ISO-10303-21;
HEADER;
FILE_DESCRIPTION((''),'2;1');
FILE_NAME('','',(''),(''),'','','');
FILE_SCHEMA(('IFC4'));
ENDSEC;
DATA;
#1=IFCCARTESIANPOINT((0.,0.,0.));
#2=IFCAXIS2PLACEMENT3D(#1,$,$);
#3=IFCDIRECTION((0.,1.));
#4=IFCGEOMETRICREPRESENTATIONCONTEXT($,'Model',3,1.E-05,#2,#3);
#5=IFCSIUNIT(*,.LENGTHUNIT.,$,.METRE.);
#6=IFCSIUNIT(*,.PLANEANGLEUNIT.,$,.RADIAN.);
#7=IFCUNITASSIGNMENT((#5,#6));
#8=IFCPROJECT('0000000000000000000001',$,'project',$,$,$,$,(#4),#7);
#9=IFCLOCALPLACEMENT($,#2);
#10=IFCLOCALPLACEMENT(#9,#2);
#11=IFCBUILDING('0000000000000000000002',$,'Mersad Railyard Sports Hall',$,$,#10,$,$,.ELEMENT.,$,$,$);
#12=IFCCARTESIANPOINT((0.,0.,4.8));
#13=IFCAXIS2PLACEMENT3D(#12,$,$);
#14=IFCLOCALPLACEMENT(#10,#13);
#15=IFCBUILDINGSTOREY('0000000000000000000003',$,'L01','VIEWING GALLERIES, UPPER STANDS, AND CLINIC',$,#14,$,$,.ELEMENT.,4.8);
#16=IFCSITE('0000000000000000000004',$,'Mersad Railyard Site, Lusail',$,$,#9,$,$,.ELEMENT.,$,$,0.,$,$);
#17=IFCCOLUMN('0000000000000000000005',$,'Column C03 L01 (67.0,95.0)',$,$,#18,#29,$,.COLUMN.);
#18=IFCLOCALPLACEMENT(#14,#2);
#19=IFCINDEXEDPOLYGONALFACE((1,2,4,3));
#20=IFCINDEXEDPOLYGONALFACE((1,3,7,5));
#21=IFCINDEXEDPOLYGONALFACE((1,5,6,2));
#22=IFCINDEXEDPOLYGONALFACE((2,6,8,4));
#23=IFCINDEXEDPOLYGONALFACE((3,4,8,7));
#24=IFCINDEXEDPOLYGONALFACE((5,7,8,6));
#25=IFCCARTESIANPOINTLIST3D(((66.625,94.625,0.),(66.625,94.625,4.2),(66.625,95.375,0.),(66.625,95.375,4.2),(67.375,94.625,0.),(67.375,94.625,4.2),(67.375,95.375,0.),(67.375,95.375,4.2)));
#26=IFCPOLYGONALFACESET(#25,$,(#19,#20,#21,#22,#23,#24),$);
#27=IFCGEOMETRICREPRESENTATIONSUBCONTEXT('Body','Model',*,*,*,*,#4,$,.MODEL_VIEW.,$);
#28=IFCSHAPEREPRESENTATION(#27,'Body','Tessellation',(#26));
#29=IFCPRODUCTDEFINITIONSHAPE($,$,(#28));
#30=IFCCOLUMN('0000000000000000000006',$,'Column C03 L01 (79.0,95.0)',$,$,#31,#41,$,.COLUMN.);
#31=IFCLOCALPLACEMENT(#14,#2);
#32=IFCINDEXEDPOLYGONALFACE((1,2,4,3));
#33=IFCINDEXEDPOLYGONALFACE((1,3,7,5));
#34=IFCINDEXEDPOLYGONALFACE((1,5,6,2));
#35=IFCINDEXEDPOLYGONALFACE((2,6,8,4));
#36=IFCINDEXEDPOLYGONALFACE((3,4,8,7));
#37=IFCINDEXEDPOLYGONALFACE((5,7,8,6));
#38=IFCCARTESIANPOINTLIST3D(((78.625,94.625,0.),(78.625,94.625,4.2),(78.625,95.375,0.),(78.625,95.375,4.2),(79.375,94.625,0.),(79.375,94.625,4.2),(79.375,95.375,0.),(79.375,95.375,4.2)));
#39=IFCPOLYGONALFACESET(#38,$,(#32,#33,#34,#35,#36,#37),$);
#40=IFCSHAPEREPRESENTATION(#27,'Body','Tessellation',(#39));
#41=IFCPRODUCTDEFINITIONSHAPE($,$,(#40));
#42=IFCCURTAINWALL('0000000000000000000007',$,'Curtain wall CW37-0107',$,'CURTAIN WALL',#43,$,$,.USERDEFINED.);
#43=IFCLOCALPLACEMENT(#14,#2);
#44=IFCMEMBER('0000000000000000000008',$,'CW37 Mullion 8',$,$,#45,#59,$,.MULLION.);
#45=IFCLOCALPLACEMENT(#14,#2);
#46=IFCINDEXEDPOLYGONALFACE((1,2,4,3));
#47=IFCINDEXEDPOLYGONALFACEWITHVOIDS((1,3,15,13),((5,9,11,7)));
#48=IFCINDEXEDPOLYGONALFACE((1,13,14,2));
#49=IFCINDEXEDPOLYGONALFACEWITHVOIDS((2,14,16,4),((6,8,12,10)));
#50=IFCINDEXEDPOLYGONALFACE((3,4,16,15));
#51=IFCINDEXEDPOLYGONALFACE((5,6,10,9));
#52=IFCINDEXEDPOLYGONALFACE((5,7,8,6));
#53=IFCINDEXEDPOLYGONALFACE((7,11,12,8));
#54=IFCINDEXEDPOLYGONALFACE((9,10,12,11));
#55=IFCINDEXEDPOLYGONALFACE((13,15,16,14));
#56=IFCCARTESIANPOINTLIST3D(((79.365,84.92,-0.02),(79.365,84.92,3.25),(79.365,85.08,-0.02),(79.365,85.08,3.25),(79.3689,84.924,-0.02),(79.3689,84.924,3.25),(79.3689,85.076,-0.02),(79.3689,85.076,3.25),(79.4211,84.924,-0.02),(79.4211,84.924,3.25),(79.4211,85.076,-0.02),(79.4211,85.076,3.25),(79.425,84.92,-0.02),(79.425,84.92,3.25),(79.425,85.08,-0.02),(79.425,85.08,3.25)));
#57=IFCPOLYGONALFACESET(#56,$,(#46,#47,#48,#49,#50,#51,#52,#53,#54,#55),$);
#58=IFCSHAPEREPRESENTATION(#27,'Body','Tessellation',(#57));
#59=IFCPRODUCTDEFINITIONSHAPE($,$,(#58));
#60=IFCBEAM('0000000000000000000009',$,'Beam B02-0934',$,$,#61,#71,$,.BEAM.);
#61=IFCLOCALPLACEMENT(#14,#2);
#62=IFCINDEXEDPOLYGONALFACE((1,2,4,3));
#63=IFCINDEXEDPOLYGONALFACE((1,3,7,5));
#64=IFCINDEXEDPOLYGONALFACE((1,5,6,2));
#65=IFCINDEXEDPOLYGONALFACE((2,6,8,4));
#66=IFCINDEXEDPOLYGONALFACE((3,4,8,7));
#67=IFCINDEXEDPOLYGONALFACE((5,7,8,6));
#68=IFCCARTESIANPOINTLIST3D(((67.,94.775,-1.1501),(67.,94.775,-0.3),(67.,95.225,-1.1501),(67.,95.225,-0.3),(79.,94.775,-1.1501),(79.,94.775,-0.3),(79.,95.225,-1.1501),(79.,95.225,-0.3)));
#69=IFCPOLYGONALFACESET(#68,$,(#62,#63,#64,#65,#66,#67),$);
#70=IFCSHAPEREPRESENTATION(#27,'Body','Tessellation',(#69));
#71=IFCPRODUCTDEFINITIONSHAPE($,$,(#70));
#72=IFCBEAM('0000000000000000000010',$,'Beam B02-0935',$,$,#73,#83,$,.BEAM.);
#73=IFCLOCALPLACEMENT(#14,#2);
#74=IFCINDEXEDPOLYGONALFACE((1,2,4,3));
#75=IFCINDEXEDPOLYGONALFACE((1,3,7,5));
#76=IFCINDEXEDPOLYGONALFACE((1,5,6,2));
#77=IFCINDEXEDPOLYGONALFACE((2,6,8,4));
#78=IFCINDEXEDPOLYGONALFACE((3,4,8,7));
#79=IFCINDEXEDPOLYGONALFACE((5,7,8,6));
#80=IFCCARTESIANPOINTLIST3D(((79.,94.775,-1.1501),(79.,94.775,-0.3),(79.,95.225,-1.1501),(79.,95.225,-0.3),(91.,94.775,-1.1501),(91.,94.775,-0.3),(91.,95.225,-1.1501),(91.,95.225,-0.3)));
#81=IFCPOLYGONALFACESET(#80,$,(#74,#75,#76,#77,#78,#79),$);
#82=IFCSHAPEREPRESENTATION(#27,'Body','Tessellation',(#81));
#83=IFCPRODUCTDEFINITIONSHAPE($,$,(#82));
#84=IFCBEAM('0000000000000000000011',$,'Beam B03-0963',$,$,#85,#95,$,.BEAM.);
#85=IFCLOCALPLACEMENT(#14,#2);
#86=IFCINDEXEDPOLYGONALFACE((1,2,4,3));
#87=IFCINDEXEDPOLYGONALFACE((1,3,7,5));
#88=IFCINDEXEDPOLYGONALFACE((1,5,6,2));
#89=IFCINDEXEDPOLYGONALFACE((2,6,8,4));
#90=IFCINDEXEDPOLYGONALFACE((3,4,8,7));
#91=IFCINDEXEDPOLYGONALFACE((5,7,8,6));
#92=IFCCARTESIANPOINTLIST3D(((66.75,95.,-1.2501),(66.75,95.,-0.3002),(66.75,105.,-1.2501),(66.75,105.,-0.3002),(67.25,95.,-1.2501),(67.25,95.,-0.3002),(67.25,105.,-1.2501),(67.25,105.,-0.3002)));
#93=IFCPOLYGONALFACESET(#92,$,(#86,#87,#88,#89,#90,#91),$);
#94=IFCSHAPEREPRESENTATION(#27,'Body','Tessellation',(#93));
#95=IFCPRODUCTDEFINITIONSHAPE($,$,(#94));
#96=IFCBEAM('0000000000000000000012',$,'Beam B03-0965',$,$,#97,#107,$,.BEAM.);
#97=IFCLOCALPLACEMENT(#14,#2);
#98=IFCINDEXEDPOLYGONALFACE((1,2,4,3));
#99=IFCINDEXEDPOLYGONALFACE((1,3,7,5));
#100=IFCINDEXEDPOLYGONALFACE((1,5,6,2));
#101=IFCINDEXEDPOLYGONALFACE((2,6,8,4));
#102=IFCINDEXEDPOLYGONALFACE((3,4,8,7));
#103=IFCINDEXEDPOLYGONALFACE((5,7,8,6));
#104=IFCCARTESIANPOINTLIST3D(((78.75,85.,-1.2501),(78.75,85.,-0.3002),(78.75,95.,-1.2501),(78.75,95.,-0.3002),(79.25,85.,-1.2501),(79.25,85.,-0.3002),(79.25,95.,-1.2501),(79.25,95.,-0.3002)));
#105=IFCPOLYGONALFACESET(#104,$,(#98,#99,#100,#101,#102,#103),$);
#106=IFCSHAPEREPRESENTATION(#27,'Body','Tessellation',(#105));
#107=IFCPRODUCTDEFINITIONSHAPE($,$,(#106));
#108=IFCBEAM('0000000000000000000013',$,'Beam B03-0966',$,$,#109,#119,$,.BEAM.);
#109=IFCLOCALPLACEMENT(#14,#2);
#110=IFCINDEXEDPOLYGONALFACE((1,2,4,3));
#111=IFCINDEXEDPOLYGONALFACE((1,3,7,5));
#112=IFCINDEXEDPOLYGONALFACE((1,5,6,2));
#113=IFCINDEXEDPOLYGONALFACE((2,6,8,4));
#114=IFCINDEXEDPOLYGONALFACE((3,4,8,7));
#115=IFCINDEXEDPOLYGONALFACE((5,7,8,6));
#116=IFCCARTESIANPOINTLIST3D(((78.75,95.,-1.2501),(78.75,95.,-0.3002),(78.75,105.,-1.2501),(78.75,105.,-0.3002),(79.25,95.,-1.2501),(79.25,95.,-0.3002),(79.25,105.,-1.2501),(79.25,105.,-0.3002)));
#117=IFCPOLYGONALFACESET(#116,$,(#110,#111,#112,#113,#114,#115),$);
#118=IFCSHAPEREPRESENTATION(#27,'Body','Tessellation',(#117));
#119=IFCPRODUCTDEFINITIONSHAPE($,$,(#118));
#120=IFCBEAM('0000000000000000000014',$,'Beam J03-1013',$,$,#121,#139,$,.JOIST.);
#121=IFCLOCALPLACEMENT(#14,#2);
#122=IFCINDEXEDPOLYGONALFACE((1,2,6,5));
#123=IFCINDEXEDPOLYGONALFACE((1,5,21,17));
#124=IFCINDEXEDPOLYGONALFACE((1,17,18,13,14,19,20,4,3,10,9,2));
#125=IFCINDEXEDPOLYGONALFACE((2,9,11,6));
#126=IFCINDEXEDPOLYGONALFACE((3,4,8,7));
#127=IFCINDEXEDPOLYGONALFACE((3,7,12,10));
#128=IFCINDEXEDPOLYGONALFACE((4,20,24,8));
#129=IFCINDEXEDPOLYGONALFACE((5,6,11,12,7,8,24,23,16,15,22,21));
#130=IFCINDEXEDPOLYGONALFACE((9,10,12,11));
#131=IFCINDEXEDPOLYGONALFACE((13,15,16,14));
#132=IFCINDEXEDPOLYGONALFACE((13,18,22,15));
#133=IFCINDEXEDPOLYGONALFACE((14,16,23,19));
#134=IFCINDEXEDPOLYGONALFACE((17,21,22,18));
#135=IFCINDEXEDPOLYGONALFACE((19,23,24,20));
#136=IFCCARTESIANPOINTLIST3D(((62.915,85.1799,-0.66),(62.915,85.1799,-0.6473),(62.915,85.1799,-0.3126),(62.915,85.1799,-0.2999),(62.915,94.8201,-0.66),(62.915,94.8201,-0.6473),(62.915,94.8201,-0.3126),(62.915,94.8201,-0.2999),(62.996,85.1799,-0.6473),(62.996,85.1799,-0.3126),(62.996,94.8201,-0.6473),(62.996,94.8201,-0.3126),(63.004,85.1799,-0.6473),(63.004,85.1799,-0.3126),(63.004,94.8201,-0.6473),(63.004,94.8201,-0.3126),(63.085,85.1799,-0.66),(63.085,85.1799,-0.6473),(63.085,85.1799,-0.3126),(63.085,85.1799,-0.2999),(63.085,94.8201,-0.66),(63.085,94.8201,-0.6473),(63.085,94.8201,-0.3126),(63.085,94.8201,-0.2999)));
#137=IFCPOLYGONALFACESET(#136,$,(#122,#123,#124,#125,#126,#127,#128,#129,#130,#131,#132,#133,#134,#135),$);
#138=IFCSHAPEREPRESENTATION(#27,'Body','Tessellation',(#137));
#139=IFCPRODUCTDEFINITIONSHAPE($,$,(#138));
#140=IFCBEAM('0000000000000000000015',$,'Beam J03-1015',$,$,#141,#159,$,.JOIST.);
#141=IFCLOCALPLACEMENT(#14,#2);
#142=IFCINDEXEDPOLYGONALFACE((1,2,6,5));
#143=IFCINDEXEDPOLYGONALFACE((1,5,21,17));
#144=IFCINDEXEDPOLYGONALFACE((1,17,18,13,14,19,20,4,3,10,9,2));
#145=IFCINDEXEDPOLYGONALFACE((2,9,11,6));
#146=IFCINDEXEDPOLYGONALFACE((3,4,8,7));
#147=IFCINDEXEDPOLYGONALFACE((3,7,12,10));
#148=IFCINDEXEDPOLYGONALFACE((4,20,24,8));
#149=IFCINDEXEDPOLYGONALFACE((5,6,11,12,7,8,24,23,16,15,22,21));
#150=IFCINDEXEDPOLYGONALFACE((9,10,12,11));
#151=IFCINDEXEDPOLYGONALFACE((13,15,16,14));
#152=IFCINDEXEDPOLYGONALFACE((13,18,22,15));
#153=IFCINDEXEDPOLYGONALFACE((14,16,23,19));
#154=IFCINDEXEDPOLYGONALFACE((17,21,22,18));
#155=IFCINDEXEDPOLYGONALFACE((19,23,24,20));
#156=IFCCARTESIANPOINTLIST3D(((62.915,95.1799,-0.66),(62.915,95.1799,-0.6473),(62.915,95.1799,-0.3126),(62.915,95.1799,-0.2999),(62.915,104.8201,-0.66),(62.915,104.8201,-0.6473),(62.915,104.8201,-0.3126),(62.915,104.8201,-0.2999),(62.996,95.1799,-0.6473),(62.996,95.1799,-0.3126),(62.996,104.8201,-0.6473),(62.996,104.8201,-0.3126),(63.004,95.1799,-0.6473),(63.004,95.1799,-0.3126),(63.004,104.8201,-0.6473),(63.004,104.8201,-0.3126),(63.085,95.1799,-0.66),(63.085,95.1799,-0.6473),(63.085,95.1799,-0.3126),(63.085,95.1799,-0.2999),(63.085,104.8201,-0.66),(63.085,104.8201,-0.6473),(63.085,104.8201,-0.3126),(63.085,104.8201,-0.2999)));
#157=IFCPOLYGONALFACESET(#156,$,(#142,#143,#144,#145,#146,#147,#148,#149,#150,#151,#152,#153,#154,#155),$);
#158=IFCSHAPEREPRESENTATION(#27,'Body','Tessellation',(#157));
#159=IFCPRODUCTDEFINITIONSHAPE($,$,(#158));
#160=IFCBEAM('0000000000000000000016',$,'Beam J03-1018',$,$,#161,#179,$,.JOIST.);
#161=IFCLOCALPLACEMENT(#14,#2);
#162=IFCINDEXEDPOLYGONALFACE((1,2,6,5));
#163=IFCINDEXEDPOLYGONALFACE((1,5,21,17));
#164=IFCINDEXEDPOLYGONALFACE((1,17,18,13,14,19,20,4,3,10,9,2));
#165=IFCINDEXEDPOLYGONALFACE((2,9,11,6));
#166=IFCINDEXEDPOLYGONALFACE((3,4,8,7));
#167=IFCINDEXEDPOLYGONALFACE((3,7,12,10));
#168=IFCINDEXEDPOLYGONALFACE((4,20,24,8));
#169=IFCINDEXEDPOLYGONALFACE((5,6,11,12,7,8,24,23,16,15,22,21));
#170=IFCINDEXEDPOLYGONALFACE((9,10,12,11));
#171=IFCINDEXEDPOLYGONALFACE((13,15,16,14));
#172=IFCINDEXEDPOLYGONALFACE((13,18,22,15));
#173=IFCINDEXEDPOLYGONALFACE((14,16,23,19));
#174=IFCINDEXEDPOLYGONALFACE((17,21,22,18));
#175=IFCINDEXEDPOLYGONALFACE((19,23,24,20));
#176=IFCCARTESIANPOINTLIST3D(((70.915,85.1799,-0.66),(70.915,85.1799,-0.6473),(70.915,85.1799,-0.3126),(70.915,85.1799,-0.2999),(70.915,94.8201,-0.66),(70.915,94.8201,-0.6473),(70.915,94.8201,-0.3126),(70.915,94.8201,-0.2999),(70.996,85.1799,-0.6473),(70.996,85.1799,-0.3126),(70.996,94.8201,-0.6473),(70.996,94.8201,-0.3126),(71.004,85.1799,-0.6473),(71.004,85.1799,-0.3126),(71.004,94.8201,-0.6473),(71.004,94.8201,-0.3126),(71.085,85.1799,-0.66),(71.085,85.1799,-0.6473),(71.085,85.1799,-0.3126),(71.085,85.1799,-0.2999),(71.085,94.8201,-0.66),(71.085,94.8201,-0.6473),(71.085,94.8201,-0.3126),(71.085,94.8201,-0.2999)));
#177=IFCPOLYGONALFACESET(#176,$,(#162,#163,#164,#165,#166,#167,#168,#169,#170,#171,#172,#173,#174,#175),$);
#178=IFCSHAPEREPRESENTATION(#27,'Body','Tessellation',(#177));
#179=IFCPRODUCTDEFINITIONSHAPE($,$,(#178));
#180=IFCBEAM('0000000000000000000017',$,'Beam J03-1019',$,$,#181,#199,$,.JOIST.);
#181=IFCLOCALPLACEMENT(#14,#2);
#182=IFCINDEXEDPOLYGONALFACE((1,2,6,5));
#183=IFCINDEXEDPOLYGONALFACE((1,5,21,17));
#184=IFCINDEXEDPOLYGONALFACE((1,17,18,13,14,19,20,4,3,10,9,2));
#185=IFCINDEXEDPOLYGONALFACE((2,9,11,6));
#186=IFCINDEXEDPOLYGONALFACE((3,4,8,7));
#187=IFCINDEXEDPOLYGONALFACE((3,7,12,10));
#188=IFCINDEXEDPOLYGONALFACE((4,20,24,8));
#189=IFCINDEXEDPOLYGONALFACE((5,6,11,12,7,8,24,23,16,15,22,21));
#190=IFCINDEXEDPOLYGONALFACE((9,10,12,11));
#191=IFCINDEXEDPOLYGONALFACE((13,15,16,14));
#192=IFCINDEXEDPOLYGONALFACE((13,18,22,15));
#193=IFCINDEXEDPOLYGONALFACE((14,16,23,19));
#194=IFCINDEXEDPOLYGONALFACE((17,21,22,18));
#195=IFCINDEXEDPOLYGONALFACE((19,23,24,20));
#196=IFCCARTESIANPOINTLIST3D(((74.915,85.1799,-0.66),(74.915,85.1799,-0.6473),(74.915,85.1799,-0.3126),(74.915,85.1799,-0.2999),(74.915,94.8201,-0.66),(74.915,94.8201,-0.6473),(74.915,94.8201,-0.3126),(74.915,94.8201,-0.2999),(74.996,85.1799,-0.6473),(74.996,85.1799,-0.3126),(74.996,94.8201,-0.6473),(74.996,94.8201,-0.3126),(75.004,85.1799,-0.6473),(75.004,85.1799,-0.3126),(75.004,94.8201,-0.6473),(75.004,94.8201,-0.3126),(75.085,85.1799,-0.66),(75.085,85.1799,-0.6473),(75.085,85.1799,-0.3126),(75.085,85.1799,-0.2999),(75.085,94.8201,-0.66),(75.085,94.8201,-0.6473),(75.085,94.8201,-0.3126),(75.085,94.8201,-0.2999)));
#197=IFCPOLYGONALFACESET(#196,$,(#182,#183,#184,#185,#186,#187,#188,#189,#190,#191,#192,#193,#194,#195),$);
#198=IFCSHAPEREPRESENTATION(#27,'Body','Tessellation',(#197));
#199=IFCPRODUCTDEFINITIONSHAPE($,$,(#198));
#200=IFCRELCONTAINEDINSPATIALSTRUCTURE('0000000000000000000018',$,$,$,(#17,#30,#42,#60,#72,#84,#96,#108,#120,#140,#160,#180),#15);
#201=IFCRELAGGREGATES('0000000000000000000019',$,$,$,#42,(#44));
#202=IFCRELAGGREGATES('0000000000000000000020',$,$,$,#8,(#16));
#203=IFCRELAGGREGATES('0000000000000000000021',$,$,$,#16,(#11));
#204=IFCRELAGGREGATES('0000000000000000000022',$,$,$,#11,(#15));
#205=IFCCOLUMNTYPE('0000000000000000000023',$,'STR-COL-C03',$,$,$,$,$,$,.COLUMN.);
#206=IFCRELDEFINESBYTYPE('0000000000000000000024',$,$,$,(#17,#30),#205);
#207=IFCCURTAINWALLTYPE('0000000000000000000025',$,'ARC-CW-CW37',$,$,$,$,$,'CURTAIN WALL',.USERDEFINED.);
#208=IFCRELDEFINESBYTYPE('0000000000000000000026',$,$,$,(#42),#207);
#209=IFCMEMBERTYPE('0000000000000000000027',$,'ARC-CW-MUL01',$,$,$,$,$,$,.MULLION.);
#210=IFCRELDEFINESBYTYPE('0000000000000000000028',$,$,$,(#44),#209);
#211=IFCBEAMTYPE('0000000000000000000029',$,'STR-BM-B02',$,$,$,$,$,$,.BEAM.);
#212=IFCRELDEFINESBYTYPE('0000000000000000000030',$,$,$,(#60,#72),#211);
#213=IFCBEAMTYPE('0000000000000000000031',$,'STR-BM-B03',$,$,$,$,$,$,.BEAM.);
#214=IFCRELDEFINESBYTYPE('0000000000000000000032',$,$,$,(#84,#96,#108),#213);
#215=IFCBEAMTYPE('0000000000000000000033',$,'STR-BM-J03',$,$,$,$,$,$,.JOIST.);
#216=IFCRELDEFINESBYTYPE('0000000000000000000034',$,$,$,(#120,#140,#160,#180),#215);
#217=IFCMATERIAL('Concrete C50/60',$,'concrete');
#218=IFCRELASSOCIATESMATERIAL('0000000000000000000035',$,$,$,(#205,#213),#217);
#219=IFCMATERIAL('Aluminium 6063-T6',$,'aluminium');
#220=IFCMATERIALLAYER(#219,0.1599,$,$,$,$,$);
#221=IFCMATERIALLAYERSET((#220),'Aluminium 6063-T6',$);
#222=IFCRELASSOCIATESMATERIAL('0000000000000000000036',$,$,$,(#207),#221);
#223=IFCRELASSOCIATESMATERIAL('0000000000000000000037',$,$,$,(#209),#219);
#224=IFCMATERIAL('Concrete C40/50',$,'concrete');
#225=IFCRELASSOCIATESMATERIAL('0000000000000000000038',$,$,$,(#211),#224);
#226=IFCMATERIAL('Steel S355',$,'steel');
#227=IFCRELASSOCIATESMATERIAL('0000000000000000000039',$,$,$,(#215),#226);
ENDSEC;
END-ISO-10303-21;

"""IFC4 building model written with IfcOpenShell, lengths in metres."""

from ifc_helpers import new_model, si_unit, direction, frame, origin, origin_2d, place, context, subcontext, project, spatial, rectangle, hollow_rectangle, i_section, extrude, material, layer, layer_set, material_profile, profile_set, type_object, element, aggregate, save


model = new_model("IFC4")

# Units and contexts
model_context = context("Model", 3, precision=1e-05, world=origin(), true_north=direction((0.0, 1.0)))
body_context = subcontext(model_context, "Body", "Model", "MODEL_VIEW")
ifc_project = project(units=[si_unit("LENGTHUNIT", "METRE"), si_unit("PLANEANGLEUNIT", "RADIAN")], contexts=[model_context])

# Site, building, storey
site_placement = place(None, origin())
site = spatial("IfcSite", under=ifc_project, at=site_placement, Name="Mersad Railyard Site, Lusail", CompositionType="ELEMENT", RefElevation=0.0)
building_placement = place(site_placement, origin())
building = spatial("IfcBuilding", under=site, at=building_placement, Name="Mersad Railyard Sports Hall", CompositionType="ELEMENT")
storey_placement = place(building_placement, frame((0.0, 0.0, 4.8)))
storey = spatial("IfcBuildingStorey", under=building, at=storey_placement, Name="L01", Description="VIEWING GALLERIES, UPPER STANDS, AND CLINIC", CompositionType="ELEMENT", Elevation=4.8)

# Columns
ifc_material_1 = material(Name="Concrete C50/60", Category="concrete")
ifc_material_profile_1 = material_profile(ifc_material_1, rectangle(XDim=0.75, YDim=0.75, at=origin_2d()), Name="RC 750x750")
ifc_profile_set_1 = profile_set([ifc_material_profile_1], Name="Concrete C50/60")
column_type = type_object("IfcColumnType", Name="STR-COL-C03", PredefinedType="COLUMN", material=ifc_profile_set_1)
for number, where, z_axis, x_axis, name in (
    (1, (67.0, 95.0, 0.0), (0.0, 0.0, 1.0), (1.0, 0.0, 0.0), "Column C03 L01 (67.0,95.0)"),
    (2, (79.0, 95.0, 0.0), (0.0, 0.0, 1.0), (1.0, 0.0, 0.0), "Column C03 L01 (79.0,95.0)"),
):
    element("IfcColumn", number, at=place(storey_placement, frame(where, z_axis=z_axis, x_axis=x_axis)), inside=storey, type_object=column_type, Name=name, PredefinedType="COLUMN", context=body_context, shape_type="SweptSolid", body=[
        extrude(rectangle(XDim=0.75, YDim=0.75, at=origin_2d()), origin(), (0.0, 0.0, 1.0), 4.2),
    ])

# Curtain wall, member
ifc_material_2 = material(Name="Aluminium 6063-T6", Category="aluminium")
ifc_layer_1 = layer(ifc_material_2, 0.1599)
ifc_layer_set_1 = layer_set([ifc_layer_1], Name="Aluminium 6063-T6")
curtain_wall_type = type_object("IfcCurtainWallType", Name="ARC-CW-CW37", ElementType="CURTAIN WALL", PredefinedType="USERDEFINED", material=ifc_layer_set_1)
curtain_wall_placement = place(storey_placement, origin())
curtain_wall = element("IfcCurtainWall", 3, at=curtain_wall_placement, inside=storey, type_object=curtain_wall_type, Name="Curtain wall CW37-0107", ObjectType="CURTAIN WALL", PredefinedType="USERDEFINED")
ifc_material_profile_2 = material_profile(ifc_material_2, hollow_rectangle(XDim=0.0601, YDim=0.1599, WallThickness=0.0039, at=origin_2d()), Name="AL MULLION 60x160x4")
ifc_profile_set_2 = profile_set([ifc_material_profile_2], Name="Aluminium 6063-T6")
member_type = type_object("IfcMemberType", Name="ARC-CW-MUL01", PredefinedType="MULLION", material=ifc_profile_set_2)
member_placement = place(storey_placement, frame((79.395, 85.0, -0.02), z_axis=(0.0, 0.0, 1.0), x_axis=(1.0, 0.0, 0.0)))
member = element("IfcMember", 4, at=member_placement, type_object=member_type, Name="CW37 Mullion 8", PredefinedType="MULLION", context=body_context, shape_type="SweptSolid", body=[
    extrude(hollow_rectangle(XDim=0.0601, YDim=0.1599, WallThickness=0.0039, at=origin_2d()), origin(), (0.0, 0.0, 1.0), 3.27),
])
aggregate(curtain_wall, [member])

# Beams
ifc_material_3 = material(Name="Concrete C40/50", Category="concrete")
ifc_material_profile_3 = material_profile(ifc_material_3, rectangle(XDim=0.45, YDim=0.8501, at=origin_2d()), Name="RC 450x850")
ifc_profile_set_3 = profile_set([ifc_material_profile_3], Name="Concrete C40/50")
beam_type_1 = type_object("IfcBeamType", Name="STR-BM-B02", PredefinedType="BEAM", material=ifc_profile_set_3)
for number, where, z_axis, x_axis, name in (
    (5, (67.0, 95.0, -0.7251), (1.0, 0.0, 0.0), (0.0, 1.0, 0.0), "Beam B02-0934"),
    (6, (79.0, 95.0, -0.7251), (1.0, 0.0, 0.0), (0.0, 1.0, 0.0), "Beam B02-0935"),
):
    element("IfcBeam", number, at=place(storey_placement, frame(where, z_axis=z_axis, x_axis=x_axis)), inside=storey, type_object=beam_type_1, Name=name, PredefinedType="BEAM", context=body_context, shape_type="SweptSolid", body=[
        extrude(rectangle(XDim=0.45, YDim=0.8501, at=origin_2d()), origin(), (0.0, 0.0, 1.0), 12.0),
    ])
ifc_material_profile_4 = material_profile(ifc_material_1, rectangle(XDim=0.5, YDim=0.95, at=origin_2d()), Name="RC 500x950")
ifc_profile_set_4 = profile_set([ifc_material_profile_4], Name="Concrete C50/60")
beam_type_2 = type_object("IfcBeamType", Name="STR-BM-B03", PredefinedType="BEAM", material=ifc_profile_set_4)
for number, where, z_axis, x_axis, name in (
    (7, (67.0, 95.0, -0.7751), (0.0, 1.0, 0.0), (-1.0, 0.0, 0.0), "Beam B03-0963"),
    (8, (79.0, 85.0, -0.7751), (0.0, 1.0, 0.0), (-1.0, 0.0, 0.0), "Beam B03-0965"),
    (9, (79.0, 95.0, -0.7751), (0.0, 1.0, 0.0), (-1.0, 0.0, 0.0), "Beam B03-0966"),
):
    element("IfcBeam", number, at=place(storey_placement, frame(where, z_axis=z_axis, x_axis=x_axis)), inside=storey, type_object=beam_type_2, Name=name, PredefinedType="BEAM", context=body_context, shape_type="SweptSolid", body=[
        extrude(rectangle(XDim=0.5, YDim=0.95, at=origin_2d()), origin(), (0.0, 0.0, 1.0), 10.0),
    ])
ifc_material_4 = material(Name="Steel S355", Category="steel")
ifc_material_profile_5 = material_profile(ifc_material_4, i_section(OverallWidth=0.1699, OverallDepth=0.3601, WebThickness=0.0081, FlangeThickness=0.0127, at=origin_2d()), Name="IPE 360")
ifc_profile_set_5 = profile_set([ifc_material_profile_5], Name="Steel S355")
beam_type_3 = type_object("IfcBeamType", Name="STR-BM-J03", PredefinedType="JOIST", material=ifc_profile_set_5)
for number, where, z_axis, x_axis, name in (
    (10, (63.0, 85.1799, -0.48), (0.0, 1.0, 0.0), (-1.0, 0.0, 0.0), "Beam J03-1013"),
    (11, (63.0, 95.1799, -0.48), (0.0, 1.0, 0.0), (-1.0, 0.0, 0.0), "Beam J03-1015"),
    (12, (71.0, 85.1799, -0.48), (0.0, 1.0, 0.0), (-1.0, 0.0, 0.0), "Beam J03-1018"),
    (13, (75.0, 85.1799, -0.48), (0.0, 1.0, 0.0), (-1.0, 0.0, 0.0), "Beam J03-1019"),
):
    element("IfcBeam", number, at=place(storey_placement, frame(where, z_axis=z_axis, x_axis=x_axis)), inside=storey, type_object=beam_type_3, Name=name, PredefinedType="JOIST", context=body_context, shape_type="SweptSolid", body=[
        extrude(i_section(OverallWidth=0.1699, OverallDepth=0.3601, WebThickness=0.0081, FlangeThickness=0.0127, at=origin_2d()), origin(), (0.0, 0.0, 1.0), 9.6401),
    ])

save(model, "model.ifc")
